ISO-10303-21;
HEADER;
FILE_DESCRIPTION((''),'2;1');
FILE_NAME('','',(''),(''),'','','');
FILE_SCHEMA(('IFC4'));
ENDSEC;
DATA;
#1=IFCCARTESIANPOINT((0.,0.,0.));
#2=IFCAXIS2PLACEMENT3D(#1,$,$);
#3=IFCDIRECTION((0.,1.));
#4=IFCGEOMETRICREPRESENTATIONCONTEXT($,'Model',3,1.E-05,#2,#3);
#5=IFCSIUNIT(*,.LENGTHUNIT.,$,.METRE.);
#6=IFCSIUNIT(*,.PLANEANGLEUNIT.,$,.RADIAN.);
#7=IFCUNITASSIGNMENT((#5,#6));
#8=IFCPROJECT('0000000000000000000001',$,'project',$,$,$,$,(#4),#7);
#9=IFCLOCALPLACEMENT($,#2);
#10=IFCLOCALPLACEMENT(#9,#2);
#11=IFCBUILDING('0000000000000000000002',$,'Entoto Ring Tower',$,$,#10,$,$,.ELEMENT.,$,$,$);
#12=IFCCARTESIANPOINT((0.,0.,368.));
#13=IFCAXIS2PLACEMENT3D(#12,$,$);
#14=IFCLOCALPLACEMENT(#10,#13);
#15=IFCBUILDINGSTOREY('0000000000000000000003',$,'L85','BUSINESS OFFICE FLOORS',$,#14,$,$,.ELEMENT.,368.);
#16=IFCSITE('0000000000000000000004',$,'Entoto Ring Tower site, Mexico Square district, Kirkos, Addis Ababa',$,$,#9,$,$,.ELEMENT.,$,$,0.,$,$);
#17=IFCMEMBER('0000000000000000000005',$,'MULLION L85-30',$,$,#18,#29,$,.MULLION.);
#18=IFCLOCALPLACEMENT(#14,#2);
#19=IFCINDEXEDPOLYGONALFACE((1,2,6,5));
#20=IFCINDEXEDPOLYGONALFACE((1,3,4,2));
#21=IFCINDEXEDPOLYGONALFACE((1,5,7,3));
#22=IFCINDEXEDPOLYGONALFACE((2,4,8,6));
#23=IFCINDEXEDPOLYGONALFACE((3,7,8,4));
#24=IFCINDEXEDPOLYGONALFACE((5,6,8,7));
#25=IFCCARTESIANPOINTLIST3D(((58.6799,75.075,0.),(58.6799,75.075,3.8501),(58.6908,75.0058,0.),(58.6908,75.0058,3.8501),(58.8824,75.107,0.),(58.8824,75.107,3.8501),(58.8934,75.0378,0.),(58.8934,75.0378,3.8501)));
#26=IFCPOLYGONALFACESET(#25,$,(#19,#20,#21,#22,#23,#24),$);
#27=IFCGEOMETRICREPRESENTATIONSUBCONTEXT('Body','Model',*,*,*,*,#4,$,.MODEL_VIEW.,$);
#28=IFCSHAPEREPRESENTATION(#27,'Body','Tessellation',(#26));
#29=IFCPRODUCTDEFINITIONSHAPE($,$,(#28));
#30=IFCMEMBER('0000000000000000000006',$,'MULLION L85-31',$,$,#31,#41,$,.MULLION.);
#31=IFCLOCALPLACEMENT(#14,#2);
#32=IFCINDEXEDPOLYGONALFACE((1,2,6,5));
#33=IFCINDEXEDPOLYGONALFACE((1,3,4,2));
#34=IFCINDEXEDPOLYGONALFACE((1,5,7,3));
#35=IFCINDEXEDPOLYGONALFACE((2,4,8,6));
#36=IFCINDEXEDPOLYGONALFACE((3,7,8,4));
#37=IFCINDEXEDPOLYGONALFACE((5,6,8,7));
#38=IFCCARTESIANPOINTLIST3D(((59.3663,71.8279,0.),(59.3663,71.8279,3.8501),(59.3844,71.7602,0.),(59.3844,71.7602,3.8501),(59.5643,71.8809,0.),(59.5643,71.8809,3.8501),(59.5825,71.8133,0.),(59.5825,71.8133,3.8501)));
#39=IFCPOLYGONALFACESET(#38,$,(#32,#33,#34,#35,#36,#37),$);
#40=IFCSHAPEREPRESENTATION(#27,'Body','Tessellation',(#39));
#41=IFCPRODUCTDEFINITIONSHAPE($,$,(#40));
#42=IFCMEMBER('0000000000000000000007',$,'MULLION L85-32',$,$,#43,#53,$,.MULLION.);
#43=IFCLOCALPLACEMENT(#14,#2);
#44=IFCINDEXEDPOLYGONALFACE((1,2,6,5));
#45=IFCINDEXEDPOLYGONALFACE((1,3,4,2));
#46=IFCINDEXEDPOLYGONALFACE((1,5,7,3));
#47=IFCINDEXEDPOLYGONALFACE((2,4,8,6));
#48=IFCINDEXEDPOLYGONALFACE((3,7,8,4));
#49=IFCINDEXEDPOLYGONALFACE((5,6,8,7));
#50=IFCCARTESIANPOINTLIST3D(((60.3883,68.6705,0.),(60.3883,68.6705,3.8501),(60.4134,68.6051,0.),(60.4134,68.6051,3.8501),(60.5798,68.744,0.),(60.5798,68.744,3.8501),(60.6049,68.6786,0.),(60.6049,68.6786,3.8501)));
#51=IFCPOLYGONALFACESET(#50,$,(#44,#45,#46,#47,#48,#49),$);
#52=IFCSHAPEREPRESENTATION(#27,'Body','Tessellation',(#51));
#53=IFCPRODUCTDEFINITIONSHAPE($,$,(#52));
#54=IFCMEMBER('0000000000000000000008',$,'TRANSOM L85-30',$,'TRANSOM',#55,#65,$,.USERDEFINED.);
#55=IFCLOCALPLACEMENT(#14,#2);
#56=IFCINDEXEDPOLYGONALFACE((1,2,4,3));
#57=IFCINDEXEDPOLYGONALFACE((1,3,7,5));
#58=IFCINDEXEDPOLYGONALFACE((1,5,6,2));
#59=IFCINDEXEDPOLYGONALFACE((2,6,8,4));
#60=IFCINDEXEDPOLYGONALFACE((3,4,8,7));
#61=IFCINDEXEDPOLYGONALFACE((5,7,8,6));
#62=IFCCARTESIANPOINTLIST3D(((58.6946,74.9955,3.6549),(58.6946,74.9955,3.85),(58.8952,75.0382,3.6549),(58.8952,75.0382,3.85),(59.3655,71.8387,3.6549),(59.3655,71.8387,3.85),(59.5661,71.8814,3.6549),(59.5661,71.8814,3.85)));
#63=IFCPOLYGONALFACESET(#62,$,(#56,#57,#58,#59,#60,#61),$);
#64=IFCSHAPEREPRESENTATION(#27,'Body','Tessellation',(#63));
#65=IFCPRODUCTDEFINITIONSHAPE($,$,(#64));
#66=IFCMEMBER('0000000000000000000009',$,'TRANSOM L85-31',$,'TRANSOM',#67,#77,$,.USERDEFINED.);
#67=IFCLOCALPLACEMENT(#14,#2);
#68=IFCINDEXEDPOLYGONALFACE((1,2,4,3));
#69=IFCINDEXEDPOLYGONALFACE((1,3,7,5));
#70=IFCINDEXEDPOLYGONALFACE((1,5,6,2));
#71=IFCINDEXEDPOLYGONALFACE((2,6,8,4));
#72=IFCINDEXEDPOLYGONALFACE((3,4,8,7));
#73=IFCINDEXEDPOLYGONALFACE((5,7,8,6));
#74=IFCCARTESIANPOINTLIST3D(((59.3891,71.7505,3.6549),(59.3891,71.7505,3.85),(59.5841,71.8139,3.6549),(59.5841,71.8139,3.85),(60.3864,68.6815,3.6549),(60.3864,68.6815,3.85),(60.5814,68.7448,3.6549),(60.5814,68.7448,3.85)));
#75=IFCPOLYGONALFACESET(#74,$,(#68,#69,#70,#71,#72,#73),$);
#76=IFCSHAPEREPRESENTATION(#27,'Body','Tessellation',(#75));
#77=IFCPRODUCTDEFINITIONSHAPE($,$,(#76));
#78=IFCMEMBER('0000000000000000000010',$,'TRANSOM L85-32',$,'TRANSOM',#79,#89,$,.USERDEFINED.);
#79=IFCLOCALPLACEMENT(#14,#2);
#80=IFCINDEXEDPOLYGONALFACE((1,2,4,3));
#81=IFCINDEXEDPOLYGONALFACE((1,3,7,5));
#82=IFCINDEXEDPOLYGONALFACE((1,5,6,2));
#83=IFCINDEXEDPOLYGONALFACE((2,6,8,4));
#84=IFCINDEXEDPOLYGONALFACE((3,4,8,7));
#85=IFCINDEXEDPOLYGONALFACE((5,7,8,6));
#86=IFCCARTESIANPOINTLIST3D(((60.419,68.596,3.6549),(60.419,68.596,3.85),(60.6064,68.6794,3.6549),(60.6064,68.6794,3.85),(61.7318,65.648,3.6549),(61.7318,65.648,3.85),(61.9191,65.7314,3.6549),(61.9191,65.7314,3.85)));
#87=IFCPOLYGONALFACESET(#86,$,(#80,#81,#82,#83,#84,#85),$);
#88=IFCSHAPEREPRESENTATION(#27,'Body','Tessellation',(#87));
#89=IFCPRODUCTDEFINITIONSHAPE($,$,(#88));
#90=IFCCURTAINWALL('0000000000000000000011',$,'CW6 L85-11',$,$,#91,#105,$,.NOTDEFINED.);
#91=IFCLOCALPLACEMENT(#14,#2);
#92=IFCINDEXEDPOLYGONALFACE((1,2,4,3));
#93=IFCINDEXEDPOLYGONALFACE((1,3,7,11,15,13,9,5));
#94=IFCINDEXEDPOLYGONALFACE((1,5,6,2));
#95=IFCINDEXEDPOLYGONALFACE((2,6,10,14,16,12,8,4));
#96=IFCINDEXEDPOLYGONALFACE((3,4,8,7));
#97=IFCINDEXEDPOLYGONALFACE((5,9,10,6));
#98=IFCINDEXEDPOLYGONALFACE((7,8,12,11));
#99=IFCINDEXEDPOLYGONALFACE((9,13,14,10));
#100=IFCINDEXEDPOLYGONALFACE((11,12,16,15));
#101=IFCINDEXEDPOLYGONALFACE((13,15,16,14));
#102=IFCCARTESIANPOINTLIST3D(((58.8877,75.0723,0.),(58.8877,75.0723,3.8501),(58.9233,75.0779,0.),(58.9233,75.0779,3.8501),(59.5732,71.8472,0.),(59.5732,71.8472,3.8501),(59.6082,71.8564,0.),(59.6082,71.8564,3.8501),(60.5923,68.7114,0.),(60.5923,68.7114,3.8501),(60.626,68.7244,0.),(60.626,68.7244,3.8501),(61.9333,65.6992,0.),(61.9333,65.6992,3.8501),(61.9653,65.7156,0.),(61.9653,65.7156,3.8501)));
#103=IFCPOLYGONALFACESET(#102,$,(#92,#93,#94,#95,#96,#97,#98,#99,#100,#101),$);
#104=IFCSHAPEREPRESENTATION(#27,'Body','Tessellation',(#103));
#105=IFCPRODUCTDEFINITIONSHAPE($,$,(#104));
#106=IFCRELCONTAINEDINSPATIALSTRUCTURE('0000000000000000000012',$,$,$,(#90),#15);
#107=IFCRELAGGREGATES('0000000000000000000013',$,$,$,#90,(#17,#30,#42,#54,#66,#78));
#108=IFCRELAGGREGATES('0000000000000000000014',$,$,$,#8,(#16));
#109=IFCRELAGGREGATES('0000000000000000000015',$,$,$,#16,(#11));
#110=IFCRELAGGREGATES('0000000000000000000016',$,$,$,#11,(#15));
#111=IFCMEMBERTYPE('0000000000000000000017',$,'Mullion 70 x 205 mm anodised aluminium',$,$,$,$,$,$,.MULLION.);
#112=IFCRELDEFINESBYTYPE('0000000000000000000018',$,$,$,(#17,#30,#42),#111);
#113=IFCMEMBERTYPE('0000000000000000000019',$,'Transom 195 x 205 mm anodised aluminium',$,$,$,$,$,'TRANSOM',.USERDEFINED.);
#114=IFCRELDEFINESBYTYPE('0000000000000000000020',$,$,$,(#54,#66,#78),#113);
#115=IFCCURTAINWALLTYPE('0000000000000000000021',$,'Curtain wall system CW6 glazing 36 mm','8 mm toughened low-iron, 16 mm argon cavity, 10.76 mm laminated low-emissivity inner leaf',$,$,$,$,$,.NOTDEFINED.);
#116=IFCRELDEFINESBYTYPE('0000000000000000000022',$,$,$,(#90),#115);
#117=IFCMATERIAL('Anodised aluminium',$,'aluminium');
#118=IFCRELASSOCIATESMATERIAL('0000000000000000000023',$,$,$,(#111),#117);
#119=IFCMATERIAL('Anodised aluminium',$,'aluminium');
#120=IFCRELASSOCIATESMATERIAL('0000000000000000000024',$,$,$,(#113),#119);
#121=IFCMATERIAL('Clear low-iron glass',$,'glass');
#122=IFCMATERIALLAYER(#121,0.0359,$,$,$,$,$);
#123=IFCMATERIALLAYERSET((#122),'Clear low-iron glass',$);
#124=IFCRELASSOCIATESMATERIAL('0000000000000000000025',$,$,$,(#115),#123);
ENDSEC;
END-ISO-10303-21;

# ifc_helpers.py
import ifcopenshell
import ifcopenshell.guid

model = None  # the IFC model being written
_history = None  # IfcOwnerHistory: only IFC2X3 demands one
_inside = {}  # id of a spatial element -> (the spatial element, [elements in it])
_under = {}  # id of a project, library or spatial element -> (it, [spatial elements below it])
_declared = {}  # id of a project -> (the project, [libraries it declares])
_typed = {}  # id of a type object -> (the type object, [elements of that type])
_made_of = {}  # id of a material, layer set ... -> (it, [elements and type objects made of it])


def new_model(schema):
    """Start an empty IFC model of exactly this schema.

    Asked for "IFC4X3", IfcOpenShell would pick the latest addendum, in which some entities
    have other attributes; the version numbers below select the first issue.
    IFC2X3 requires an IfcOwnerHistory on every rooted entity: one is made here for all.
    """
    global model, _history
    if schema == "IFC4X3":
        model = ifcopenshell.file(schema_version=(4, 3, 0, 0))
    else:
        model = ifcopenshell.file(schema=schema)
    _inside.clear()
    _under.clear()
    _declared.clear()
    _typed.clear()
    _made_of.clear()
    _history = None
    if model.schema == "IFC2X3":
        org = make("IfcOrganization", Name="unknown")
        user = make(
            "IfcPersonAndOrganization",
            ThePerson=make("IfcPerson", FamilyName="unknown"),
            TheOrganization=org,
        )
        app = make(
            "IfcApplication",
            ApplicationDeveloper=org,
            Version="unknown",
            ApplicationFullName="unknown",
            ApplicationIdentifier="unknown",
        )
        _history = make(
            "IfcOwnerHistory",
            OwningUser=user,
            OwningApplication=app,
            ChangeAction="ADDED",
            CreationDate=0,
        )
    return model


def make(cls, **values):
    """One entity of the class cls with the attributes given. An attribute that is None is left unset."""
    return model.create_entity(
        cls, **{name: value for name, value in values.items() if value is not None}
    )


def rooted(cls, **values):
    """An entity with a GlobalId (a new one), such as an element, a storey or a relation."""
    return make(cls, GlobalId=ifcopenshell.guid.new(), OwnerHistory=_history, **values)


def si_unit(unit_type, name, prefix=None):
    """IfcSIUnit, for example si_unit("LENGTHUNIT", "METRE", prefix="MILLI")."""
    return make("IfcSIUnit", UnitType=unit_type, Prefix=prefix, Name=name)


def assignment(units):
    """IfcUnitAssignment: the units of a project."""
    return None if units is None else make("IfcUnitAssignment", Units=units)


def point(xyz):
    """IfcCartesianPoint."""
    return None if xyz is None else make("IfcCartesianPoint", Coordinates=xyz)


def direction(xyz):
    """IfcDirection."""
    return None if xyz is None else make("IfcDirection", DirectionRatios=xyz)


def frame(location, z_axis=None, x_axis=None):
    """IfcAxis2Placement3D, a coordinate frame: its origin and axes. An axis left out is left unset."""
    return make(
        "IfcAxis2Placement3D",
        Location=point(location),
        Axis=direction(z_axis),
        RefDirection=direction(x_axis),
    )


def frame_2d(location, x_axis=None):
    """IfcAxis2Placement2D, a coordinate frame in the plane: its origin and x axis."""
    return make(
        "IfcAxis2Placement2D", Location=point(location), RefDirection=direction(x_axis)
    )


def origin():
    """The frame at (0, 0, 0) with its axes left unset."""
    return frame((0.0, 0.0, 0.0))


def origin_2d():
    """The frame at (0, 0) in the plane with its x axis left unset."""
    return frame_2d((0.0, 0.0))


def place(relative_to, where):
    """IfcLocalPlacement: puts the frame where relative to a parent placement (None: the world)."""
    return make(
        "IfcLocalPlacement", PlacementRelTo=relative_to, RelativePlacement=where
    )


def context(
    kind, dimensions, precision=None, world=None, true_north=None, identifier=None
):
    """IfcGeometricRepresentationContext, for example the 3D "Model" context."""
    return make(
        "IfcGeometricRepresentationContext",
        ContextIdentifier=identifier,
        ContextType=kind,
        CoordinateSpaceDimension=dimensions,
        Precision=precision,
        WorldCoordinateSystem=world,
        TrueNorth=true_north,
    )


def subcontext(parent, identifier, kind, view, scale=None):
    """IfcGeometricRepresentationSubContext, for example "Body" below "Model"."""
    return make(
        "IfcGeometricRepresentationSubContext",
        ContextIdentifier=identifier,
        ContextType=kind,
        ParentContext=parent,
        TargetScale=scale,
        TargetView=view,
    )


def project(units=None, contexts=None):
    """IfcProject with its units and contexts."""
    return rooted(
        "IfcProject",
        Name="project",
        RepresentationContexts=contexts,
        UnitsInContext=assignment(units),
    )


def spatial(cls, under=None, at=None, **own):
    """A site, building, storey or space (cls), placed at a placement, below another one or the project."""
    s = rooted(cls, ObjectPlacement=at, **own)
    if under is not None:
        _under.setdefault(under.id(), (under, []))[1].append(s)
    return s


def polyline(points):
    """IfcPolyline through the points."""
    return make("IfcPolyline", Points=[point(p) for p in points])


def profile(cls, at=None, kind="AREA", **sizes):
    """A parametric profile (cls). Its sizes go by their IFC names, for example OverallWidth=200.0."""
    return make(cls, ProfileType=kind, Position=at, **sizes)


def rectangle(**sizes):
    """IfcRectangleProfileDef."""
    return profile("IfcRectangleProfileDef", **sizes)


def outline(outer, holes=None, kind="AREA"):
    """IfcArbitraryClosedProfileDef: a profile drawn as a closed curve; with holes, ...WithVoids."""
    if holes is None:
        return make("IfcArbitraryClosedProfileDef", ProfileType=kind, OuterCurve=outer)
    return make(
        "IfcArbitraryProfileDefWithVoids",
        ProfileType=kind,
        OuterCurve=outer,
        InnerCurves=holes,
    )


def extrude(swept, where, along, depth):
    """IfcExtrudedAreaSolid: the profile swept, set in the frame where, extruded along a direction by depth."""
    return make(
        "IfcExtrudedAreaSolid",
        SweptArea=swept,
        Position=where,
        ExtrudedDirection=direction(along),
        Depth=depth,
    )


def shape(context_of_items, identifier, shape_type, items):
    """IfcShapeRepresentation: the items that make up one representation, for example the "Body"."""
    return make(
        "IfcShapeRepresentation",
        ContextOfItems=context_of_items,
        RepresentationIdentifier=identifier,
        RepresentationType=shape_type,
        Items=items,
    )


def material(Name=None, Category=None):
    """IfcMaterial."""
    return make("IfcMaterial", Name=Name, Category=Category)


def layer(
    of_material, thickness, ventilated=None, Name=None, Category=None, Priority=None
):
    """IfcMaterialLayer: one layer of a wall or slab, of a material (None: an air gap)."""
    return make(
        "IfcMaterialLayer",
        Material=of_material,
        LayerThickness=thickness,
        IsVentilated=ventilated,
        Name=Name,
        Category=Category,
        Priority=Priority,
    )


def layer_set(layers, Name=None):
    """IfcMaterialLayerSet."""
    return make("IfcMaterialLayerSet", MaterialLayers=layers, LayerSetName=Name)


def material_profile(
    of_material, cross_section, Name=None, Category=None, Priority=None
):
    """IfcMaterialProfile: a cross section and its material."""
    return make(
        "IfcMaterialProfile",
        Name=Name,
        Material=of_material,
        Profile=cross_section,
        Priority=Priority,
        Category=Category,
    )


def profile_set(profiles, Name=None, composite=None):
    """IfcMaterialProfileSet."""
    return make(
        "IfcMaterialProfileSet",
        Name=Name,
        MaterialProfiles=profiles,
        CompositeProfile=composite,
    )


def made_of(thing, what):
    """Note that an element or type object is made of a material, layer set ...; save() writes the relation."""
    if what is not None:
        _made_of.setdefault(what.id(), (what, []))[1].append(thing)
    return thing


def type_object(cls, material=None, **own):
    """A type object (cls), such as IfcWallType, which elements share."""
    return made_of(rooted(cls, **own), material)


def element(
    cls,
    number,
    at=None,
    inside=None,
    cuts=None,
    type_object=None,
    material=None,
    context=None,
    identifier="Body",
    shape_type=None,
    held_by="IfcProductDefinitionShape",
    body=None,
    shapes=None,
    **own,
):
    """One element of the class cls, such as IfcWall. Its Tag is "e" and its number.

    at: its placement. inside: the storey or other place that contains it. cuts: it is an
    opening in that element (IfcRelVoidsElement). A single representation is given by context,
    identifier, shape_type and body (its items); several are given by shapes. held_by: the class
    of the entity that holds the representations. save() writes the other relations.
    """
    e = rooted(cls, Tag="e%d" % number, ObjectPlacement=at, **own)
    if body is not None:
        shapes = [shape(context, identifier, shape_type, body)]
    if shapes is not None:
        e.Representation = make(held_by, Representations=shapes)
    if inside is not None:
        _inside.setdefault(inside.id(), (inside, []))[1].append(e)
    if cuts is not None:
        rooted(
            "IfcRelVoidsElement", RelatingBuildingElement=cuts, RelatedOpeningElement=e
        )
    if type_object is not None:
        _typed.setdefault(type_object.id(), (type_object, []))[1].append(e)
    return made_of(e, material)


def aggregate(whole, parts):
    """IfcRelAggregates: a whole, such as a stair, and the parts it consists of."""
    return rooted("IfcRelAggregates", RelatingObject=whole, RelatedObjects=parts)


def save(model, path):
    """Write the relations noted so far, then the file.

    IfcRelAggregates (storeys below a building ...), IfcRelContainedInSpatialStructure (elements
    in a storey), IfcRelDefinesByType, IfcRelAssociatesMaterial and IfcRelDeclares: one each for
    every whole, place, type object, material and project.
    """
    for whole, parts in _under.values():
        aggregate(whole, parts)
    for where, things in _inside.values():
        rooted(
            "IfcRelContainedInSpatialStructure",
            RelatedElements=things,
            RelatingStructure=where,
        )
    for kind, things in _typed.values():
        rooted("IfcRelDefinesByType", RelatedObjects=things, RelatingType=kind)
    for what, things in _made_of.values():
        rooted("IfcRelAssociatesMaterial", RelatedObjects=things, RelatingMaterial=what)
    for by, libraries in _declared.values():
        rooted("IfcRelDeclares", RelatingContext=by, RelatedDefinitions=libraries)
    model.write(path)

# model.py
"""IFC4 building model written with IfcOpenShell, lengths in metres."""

from ifc_helpers import new_model, si_unit, direction, frame, origin, origin_2d, place, context, subcontext, project, spatial, polyline, rectangle, outline, extrude, material, layer, layer_set, material_profile, profile_set, type_object, element, aggregate, save


model = new_model("IFC4")

# Units and contexts
model_context = context("Model", 3, precision=1e-05, world=origin(), true_north=direction((0.0, 1.0)))
body_context = subcontext(model_context, "Body", "Model", "MODEL_VIEW")
ifc_project = project(units=[si_unit("LENGTHUNIT", "METRE"), si_unit("PLANEANGLEUNIT", "RADIAN")], contexts=[model_context])

# Members
ifc_material_1 = material(Name="Anodised aluminium", Category="aluminium")
ifc_material_profile_1 = material_profile(ifc_material_1, rectangle(XDim=0.0701, YDim=0.2051, at=origin_2d()), Name="Mullion 70 x 205 mm anodised aluminium")
ifc_profile_set_1 = profile_set([ifc_material_profile_1], Name="Anodised aluminium")
member_type_1 = type_object("IfcMemberType", Name="Mullion 70 x 205 mm anodised aluminium", PredefinedType="MULLION", material=ifc_profile_set_1)
site_placement = place(None, origin())
building_placement = place(site_placement, origin())
storey_placement = place(building_placement, frame((0.0, 0.0, 368.0)))
member_1_placement = place(storey_placement, frame((58.7866, 75.0564, 0.0), z_axis=(0.0, 0.0, 1.0), x_axis=(0.156434, -0.987688, 0.0)))
member_1 = element("IfcMember", 1, at=member_1_placement, type_object=member_type_1, Name="MULLION L85-30", PredefinedType="MULLION", context=body_context, shape_type="SweptSolid", body=[
    extrude(rectangle(XDim=0.0701, YDim=0.2051, at=origin_2d()), origin(), (0.0, 0.0, 1.0), 3.8501),
])
member_2_placement = place(storey_placement, frame((59.4744, 71.8206, 0.0), z_axis=(0.0, 0.0, 1.0), x_axis=(0.258819, -0.965926, 0.0)))
member_2 = element("IfcMember", 2, at=member_2_placement, type_object=member_type_1, Name="MULLION L85-31", PredefinedType="MULLION", context=body_context, shape_type="SweptSolid", body=[
    extrude(rectangle(XDim=0.0701, YDim=0.2051, at=origin_2d()), origin(), (0.0, 0.0, 1.0), 3.8501),
])
member_3_placement = place(storey_placement, frame((60.4966, 68.6746, 0.0), z_axis=(0.0, 0.0, 1.0), x_axis=(0.358368, -0.93358, 0.0)))
member_3 = element("IfcMember", 3, at=member_3_placement, type_object=member_type_1, Name="MULLION L85-32", PredefinedType="MULLION", context=body_context, shape_type="SweptSolid", body=[
    extrude(rectangle(XDim=0.0701, YDim=0.2051, at=origin_2d()), origin(), (0.0, 0.0, 1.0), 3.8501),
])
ifc_material_2 = material(Name="Anodised aluminium", Category="aluminium")
ifc_material_profile_2 = material_profile(ifc_material_2, rectangle(XDim=0.2051, YDim=0.1951, at=origin_2d()), Name="Transom 195 x 205 mm anodised aluminium")
ifc_profile_set_2 = profile_set([ifc_material_profile_2], Name="Anodised aluminium")
member_type_2 = type_object("IfcMemberType", Name="Transom 195 x 205 mm anodised aluminium", ElementType="TRANSOM", PredefinedType="USERDEFINED", material=ifc_profile_set_2)
member_4_placement = place(storey_placement, frame((58.7949, 75.0168, 3.7524), z_axis=(0.207886, -0.978153, 0.0), x_axis=(0.978153, 0.207886, 0.0)))
member_4 = element("IfcMember", 4, at=member_4_placement, type_object=member_type_2, Name="TRANSOM L85-30", ObjectType="TRANSOM", PredefinedType="USERDEFINED", context=body_context, shape_type="SweptSolid", body=[
    extrude(rectangle(XDim=0.2051, YDim=0.1951, at=origin_2d()), origin(), (0.0, 0.0, 1.0), 3.2273),
])
member_5_placement = place(storey_placement, frame((59.4866, 71.7822, 3.7524), z_axis=(0.309047, -0.951047, 0.0), x_axis=(0.951047, 0.309047, 0.0)))
member_5 = element("IfcMember", 5, at=member_5_placement, type_object=member_type_2, Name="TRANSOM L85-31", ObjectType="TRANSOM", PredefinedType="USERDEFINED", context=body_context, shape_type="SweptSolid", body=[
    extrude(rectangle(XDim=0.2051, YDim=0.1951, at=origin_2d()), origin(), (0.0, 0.0, 1.0), 3.2271),
])
member_6_placement = place(storey_placement, frame((60.5127, 68.6377, 3.7524), z_axis=(0.406791, -0.913521, 0.0), x_axis=(0.913521, 0.406791, 0.0)))
member_6 = element("IfcMember", 6, at=member_6_placement, type_object=member_type_2, Name="TRANSOM L85-32", ObjectType="TRANSOM", PredefinedType="USERDEFINED", context=body_context, shape_type="SweptSolid", body=[
    extrude(rectangle(XDim=0.2051, YDim=0.1951, at=origin_2d()), origin(), (0.0, 0.0, 1.0), 3.2271),
])

# Site, building, storey
site = spatial("IfcSite", under=ifc_project, at=site_placement, Name="Entoto Ring Tower site, Mexico Square district, Kirkos, Addis Ababa", CompositionType="ELEMENT", RefElevation=0.0)
building = spatial("IfcBuilding", under=site, at=building_placement, Name="Entoto Ring Tower", CompositionType="ELEMENT")
storey = spatial("IfcBuildingStorey", under=building, at=storey_placement, Name="L85", Description="BUSINESS OFFICE FLOORS", CompositionType="ELEMENT", Elevation=368.0)

# Curtain wall
ifc_material_3 = material(Name="Clear low-iron glass", Category="glass")
ifc_layer = layer(ifc_material_3, 0.0359)
ifc_layer_set = layer_set([ifc_layer], Name="Clear low-iron glass")
curtain_wall_type = type_object("IfcCurtainWallType", Name="Curtain wall system CW6 glazing 36 mm", Description="8 mm toughened low-iron, 16 mm argon cavity, 10.76 mm laminated low-emissivity inner leaf", PredefinedType="NOTDEFINED", material=ifc_layer_set)
curtain_wall_1_placement = place(storey_placement, origin())
curtain_wall_1 = element("IfcCurtainWall", 7, at=curtain_wall_1_placement, inside=storey, type_object=curtain_wall_type, Name="CW6 L85-11", PredefinedType="NOTDEFINED", context=body_context, shape_type="SweptSolid", body=[
    extrude(outline(polyline([(58.8877, 75.0723), (59.5732, 71.8472), (60.5923, 68.7114), (61.9333, 65.6992), (61.9653, 65.7156), (60.626, 68.7244), (59.6082, 71.8564), (58.9233, 75.0779), (58.8877, 75.0723)])), origin(), (0.0, 0.0, 1.0), 3.8501),
])
aggregate(curtain_wall_1, [member_1, member_2, member_3, member_4, member_5, member_6])

save(model, "model.ifc")
